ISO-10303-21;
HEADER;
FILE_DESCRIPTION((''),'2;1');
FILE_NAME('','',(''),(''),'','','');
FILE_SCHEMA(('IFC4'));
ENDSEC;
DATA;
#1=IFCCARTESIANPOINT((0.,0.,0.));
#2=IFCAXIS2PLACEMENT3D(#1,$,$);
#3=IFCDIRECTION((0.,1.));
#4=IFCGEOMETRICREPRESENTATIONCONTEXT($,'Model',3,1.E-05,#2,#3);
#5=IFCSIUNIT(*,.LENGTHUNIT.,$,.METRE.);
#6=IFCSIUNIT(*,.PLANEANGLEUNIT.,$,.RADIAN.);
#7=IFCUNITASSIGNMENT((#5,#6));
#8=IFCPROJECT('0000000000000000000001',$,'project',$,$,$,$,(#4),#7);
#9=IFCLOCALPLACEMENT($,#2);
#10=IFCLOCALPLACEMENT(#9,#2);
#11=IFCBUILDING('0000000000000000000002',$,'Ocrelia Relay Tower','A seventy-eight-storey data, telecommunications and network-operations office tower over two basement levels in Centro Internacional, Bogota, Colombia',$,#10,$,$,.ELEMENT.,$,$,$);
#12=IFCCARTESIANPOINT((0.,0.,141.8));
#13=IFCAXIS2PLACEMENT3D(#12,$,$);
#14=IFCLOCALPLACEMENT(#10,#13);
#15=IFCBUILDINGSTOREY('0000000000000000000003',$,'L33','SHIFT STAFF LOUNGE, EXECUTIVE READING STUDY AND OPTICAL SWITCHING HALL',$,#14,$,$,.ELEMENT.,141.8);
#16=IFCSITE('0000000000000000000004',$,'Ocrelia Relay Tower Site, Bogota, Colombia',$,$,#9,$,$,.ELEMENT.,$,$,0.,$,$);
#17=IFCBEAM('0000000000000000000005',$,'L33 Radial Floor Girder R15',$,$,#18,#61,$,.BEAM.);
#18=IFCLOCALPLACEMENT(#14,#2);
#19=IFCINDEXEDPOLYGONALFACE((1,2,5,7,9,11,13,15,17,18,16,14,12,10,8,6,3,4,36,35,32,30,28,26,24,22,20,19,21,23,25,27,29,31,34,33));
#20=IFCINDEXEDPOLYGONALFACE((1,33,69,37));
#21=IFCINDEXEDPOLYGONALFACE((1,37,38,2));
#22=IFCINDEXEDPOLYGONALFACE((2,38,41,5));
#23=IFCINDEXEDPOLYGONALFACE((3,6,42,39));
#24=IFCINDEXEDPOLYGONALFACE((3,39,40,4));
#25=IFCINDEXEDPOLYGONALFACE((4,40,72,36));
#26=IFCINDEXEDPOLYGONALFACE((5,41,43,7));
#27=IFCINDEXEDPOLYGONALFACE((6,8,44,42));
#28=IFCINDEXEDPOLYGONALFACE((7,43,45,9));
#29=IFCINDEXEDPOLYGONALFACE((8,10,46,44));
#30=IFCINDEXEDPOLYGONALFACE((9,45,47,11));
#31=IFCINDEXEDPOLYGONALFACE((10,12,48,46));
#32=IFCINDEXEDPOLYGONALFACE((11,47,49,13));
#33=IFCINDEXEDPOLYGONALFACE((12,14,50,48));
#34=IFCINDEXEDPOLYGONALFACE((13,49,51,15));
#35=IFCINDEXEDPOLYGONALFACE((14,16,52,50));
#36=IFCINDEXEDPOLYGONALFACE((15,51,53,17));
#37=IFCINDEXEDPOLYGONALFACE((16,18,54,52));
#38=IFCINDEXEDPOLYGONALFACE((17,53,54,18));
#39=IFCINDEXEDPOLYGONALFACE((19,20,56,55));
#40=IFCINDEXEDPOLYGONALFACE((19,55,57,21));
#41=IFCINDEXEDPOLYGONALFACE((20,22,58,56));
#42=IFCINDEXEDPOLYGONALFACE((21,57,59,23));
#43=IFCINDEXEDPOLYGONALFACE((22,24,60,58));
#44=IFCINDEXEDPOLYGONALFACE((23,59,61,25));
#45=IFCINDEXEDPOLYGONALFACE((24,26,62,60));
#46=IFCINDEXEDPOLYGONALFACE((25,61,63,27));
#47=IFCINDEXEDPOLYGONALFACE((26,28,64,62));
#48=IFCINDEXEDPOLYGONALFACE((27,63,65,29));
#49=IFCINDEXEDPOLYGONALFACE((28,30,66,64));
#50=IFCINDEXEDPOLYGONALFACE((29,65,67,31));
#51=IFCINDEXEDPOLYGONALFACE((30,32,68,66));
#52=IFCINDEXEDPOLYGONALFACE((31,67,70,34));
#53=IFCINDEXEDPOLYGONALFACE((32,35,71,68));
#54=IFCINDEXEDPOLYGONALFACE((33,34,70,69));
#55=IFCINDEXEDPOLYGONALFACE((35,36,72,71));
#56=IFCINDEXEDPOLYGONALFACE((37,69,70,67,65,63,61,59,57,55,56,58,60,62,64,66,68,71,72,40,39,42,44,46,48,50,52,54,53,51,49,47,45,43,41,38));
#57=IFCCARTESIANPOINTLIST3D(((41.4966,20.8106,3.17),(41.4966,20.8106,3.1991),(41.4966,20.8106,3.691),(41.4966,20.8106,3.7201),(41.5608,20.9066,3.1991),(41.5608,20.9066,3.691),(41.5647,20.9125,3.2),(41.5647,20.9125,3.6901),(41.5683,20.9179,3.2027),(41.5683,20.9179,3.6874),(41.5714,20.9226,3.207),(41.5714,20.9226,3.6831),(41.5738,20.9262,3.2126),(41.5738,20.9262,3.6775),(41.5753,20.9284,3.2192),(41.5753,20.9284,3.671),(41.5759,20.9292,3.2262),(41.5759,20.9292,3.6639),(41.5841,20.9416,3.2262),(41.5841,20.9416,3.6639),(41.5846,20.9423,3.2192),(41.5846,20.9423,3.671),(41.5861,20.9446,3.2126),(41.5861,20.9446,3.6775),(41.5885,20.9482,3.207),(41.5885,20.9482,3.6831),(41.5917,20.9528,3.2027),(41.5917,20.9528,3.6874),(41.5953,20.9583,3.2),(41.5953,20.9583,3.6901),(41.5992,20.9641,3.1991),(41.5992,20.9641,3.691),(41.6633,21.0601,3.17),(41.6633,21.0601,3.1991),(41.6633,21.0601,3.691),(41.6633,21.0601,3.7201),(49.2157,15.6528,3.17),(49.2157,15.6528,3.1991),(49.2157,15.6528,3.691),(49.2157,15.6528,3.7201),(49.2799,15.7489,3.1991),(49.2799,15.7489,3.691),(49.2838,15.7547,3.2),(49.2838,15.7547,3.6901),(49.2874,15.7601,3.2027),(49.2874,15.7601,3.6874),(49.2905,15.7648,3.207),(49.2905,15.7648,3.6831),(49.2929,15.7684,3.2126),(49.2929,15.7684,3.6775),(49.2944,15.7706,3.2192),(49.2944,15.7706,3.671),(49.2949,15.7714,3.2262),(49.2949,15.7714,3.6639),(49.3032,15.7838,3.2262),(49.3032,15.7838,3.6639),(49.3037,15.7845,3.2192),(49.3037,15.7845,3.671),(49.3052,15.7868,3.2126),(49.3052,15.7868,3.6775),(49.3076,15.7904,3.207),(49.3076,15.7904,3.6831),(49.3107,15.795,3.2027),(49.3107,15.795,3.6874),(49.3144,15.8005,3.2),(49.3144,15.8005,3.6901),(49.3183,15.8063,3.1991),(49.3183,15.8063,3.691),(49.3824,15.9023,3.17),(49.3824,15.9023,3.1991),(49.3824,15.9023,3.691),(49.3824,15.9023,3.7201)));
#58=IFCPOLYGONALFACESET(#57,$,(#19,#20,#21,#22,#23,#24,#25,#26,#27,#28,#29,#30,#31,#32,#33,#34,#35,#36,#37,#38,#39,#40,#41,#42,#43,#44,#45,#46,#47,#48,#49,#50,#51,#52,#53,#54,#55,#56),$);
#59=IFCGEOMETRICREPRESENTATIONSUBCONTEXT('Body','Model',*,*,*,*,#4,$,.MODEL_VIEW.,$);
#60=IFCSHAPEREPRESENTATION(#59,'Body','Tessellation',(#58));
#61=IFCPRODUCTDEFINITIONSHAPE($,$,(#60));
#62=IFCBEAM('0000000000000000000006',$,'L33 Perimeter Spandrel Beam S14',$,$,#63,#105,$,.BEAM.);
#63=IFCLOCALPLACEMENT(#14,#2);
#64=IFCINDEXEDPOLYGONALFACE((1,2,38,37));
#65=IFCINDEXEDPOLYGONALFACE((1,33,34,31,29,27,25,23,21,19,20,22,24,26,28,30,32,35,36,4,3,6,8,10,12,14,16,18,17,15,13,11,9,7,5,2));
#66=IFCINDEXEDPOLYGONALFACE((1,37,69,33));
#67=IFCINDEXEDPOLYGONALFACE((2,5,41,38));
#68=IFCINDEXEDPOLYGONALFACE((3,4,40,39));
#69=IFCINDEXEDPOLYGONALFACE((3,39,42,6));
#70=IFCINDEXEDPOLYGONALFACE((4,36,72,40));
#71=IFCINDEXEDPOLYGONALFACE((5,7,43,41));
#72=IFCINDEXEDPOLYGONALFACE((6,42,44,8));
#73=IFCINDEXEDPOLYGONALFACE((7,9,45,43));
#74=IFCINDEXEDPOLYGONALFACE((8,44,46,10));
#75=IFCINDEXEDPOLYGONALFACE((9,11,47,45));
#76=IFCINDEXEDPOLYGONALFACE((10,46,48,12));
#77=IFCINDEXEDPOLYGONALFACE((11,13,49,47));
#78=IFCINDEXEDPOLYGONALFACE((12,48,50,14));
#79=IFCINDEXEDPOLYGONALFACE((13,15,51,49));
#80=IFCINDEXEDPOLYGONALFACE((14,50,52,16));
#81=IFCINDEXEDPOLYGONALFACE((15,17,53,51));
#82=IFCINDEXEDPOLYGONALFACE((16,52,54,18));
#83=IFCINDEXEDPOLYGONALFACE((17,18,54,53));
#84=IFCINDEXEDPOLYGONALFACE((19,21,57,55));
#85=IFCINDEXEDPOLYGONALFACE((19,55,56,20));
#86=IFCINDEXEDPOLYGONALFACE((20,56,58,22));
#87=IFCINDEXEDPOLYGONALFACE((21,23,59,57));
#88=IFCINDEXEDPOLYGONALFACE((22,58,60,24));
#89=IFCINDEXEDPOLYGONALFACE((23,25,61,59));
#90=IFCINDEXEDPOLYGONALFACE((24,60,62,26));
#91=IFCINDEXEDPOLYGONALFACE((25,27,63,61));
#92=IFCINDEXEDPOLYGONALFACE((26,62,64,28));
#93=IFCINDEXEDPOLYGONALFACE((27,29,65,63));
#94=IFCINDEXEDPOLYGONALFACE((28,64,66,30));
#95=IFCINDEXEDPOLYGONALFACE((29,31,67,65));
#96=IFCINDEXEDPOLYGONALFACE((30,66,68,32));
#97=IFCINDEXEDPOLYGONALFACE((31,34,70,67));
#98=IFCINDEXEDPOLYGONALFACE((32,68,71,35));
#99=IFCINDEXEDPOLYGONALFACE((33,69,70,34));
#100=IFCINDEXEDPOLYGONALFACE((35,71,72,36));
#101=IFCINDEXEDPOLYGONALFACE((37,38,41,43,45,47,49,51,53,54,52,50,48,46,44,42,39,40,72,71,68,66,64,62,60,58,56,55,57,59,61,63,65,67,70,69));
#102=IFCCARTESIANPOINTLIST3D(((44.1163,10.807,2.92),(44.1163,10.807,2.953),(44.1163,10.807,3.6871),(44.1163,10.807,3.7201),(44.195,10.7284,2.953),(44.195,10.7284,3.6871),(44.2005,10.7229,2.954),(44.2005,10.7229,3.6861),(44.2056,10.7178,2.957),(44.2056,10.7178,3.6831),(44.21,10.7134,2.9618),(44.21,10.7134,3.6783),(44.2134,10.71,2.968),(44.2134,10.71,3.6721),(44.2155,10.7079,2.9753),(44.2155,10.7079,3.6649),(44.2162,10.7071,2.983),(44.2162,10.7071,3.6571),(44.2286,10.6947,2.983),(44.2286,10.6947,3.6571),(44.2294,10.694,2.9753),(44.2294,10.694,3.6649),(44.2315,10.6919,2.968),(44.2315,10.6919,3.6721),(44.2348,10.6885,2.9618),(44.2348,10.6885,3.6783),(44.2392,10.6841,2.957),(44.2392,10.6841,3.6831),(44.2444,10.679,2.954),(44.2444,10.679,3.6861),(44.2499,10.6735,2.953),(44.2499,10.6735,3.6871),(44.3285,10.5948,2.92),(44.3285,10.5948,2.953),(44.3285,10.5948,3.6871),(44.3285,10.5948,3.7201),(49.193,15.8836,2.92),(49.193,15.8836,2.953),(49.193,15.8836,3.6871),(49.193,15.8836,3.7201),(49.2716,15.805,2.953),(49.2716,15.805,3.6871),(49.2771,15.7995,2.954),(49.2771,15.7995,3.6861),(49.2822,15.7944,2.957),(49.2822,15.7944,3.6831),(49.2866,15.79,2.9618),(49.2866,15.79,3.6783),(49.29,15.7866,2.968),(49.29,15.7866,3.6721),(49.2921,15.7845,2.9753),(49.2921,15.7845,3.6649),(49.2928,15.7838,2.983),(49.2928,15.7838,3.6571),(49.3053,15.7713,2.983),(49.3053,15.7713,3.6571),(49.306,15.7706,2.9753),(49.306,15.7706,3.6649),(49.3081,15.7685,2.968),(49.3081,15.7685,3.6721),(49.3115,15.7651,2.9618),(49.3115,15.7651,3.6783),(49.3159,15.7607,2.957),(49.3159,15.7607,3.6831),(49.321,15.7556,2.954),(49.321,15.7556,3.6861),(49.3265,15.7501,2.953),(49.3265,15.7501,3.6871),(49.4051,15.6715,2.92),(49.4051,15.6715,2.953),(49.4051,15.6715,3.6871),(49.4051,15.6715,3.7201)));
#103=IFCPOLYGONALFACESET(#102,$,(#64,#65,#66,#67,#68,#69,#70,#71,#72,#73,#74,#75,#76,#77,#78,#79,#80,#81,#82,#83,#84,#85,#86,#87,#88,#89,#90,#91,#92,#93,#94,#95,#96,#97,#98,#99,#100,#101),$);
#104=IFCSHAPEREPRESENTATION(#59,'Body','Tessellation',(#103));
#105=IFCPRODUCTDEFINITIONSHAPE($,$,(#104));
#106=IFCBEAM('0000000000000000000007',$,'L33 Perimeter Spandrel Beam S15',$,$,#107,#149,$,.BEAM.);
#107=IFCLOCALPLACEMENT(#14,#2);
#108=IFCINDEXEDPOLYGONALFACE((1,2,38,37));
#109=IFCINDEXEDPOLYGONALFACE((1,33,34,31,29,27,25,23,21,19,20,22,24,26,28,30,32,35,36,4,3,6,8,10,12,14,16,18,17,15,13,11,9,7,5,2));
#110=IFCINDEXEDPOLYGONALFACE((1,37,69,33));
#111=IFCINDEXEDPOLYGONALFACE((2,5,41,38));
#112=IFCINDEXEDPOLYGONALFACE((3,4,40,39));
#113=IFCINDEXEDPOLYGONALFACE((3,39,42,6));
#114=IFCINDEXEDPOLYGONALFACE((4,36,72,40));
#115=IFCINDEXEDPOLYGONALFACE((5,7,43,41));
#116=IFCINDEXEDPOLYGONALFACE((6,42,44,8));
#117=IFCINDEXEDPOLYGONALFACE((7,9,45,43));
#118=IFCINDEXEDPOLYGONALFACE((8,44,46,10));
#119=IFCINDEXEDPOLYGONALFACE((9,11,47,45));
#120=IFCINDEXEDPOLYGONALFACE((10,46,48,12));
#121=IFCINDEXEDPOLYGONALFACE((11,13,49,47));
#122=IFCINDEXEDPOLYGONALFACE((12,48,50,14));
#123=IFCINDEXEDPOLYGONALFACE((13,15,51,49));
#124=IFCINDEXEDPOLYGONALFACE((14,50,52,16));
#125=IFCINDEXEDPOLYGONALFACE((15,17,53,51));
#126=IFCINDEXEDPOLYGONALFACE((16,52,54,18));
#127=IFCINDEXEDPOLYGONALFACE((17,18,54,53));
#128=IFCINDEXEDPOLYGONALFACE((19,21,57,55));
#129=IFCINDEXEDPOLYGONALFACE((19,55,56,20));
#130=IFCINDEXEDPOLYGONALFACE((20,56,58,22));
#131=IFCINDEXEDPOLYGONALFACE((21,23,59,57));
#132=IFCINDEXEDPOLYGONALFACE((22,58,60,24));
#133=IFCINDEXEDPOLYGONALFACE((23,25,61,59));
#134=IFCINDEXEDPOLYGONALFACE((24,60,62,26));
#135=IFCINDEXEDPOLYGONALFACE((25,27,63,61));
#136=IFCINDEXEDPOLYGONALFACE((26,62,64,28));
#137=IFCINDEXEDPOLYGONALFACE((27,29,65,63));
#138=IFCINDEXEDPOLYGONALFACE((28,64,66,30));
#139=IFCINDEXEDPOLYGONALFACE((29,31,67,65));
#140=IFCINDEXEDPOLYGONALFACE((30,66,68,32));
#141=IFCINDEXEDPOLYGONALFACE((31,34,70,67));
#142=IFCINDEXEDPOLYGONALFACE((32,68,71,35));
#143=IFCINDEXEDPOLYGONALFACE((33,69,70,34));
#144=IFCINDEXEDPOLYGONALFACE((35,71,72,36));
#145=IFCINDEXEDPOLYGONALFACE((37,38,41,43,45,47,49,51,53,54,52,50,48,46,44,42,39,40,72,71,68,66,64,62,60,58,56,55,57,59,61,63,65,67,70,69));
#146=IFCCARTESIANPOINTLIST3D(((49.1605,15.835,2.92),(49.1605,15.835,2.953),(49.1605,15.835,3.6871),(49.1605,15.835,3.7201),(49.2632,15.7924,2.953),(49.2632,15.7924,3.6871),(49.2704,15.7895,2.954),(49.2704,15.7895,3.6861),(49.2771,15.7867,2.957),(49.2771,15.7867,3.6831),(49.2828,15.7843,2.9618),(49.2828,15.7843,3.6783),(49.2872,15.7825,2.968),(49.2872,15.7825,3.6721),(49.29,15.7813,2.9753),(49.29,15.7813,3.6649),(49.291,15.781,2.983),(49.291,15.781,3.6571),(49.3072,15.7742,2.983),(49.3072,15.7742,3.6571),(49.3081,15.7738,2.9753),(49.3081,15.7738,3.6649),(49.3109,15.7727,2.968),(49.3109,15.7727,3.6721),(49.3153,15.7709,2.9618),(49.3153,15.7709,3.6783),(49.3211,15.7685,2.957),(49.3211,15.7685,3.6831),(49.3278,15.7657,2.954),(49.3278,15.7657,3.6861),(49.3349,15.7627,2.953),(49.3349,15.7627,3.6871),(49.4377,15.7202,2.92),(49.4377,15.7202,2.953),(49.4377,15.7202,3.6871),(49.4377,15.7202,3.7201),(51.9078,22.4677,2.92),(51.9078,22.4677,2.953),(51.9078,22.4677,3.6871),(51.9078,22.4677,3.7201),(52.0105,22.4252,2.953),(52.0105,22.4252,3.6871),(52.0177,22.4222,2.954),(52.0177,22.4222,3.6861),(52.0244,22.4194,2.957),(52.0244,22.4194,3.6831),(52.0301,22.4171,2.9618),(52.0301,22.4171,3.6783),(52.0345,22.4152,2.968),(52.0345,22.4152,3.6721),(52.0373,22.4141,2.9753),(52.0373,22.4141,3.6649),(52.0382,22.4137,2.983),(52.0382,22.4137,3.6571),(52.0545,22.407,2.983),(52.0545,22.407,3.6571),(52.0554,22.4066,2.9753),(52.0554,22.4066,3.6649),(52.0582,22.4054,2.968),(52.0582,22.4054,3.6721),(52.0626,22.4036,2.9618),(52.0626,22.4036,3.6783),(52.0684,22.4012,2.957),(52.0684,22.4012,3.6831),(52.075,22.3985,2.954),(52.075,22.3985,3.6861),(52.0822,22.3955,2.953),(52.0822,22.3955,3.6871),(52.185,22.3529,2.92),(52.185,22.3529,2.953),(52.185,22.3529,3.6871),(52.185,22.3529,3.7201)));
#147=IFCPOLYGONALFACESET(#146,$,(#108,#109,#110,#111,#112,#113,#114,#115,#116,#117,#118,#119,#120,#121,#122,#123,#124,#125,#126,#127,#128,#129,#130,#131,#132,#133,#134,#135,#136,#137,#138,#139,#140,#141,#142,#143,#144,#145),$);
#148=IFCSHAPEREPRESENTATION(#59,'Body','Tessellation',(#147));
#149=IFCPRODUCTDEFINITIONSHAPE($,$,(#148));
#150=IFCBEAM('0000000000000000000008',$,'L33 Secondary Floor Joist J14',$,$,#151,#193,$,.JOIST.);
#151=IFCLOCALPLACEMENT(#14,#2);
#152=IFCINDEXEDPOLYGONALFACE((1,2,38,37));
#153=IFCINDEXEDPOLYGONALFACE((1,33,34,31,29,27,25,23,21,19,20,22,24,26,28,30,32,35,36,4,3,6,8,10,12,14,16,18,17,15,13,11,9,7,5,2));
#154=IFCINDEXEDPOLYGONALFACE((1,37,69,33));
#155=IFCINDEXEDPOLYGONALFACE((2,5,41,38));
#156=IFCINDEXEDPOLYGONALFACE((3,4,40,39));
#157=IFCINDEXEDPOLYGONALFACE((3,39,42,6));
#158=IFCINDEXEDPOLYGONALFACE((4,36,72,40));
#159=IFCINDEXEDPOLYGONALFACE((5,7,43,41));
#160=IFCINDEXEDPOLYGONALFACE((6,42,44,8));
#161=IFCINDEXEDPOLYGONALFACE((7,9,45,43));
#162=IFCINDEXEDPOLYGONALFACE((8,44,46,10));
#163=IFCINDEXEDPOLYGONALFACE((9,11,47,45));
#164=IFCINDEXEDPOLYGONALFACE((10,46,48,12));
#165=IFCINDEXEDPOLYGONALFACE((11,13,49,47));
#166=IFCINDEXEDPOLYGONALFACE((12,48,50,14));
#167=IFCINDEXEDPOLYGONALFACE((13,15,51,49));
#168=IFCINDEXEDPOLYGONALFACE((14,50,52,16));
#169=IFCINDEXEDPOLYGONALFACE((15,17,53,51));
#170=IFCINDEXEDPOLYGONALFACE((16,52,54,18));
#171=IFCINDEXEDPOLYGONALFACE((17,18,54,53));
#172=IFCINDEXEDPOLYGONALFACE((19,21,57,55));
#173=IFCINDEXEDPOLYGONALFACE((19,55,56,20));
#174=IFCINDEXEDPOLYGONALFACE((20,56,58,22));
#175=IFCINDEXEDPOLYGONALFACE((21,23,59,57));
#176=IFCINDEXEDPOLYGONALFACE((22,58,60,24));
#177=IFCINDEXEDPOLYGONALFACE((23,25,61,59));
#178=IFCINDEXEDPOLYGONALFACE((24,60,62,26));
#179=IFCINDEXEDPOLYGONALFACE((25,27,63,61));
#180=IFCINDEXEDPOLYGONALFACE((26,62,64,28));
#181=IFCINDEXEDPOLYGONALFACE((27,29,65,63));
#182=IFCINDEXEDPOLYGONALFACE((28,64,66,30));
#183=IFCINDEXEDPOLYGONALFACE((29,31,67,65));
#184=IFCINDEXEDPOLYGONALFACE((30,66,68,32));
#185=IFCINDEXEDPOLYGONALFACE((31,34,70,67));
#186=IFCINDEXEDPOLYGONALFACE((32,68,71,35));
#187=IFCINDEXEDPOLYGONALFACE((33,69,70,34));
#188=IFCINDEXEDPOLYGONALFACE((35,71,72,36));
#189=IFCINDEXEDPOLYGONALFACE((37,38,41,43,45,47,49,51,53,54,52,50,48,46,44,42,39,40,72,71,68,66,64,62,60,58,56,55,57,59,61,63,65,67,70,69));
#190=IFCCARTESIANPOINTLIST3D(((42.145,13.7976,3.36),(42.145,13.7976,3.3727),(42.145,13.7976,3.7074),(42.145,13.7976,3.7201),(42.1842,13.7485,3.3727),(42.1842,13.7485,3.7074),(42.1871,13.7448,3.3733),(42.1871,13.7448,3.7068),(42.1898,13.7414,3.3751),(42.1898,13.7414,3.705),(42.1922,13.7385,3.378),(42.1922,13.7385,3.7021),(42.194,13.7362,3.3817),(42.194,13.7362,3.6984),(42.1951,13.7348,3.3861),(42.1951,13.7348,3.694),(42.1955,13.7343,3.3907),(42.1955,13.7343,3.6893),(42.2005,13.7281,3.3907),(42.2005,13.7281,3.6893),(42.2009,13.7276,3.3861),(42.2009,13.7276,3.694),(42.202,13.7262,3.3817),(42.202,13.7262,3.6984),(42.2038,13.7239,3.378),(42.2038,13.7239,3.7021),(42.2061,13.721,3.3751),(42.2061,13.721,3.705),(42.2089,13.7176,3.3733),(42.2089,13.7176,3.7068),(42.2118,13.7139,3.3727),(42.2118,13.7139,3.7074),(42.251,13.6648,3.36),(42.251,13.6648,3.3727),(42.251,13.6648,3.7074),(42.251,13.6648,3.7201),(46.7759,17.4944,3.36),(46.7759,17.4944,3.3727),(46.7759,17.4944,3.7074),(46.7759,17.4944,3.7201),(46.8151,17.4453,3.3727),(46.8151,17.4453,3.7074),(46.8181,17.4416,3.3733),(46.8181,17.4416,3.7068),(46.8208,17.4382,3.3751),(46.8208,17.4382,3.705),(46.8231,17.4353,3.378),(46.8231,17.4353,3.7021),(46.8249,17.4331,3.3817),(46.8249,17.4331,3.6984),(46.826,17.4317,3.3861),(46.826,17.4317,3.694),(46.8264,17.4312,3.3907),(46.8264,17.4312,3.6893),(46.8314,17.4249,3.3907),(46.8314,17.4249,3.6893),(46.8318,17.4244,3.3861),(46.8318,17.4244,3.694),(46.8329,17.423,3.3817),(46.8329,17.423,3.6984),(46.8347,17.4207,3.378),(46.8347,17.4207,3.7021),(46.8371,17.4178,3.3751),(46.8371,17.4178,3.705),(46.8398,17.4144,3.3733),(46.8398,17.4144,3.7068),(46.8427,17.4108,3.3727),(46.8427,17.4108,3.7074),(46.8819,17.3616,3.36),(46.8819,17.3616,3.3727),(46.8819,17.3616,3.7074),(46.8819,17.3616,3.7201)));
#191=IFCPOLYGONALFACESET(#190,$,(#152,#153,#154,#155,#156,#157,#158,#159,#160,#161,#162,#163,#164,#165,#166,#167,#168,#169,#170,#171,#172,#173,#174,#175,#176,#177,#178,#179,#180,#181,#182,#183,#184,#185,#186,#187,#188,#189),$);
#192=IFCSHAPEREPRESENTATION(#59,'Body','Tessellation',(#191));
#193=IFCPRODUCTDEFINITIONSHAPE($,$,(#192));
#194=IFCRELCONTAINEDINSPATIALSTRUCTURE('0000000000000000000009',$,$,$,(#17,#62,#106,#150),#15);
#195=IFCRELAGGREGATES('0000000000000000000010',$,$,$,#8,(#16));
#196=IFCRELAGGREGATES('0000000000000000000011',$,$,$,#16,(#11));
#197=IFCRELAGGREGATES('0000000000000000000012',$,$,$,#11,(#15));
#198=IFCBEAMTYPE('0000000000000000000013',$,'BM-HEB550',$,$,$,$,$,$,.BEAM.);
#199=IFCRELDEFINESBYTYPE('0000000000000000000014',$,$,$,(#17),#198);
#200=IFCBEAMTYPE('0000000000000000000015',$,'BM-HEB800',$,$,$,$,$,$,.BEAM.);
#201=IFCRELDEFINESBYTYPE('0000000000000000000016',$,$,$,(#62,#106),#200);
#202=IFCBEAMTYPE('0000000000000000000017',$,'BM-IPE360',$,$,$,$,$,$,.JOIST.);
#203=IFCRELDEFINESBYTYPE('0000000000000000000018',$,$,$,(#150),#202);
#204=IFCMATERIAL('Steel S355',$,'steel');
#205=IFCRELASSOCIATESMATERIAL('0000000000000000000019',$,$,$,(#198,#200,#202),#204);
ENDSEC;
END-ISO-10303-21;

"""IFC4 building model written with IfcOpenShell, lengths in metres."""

from ifc_helpers import new_model, si_unit, direction, frame, origin, origin_2d, place, context, subcontext, project, spatial, i_section, extrude, material, material_profile, profile_set, type_object, element, save


model = new_model("IFC4")

# Units and contexts
model_context = context("Model", 3, precision=1e-05, world=origin(), true_north=direction((0.0, 1.0)))
body_context = subcontext(model_context, "Body", "Model", "MODEL_VIEW")
ifc_project = project(units=[si_unit("LENGTHUNIT", "METRE"), si_unit("PLANEANGLEUNIT", "RADIAN")], contexts=[model_context])

# Site, building, storey
site_placement = place(None, origin())
site = spatial("IfcSite", under=ifc_project, at=site_placement, Name="Ocrelia Relay Tower Site, Bogota, Colombia", CompositionType="ELEMENT", RefElevation=0.0)
building_placement = place(site_placement, origin())
building = spatial("IfcBuilding", under=site, at=building_placement, Name="Ocrelia Relay Tower", Description="A seventy-eight-storey data, telecommunications and network-operations office tower over two basement levels in Centro Internacional, Bogota, Colombia", CompositionType="ELEMENT")
storey_placement = place(building_placement, frame((0.0, 0.0, 141.8)))
storey = spatial("IfcBuildingStorey", under=building, at=storey_placement, Name="L33", Description="SHIFT STAFF LOUNGE, EXECUTIVE READING STUDY AND OPTICAL SWITCHING HALL", CompositionType="ELEMENT", Elevation=141.8)

# Beams
ifc_material_1 = material(Name="Steel S355", Category="steel")
ifc_material_profile_1 = material_profile(ifc_material_1, i_section(OverallWidth=0.3, OverallDepth=0.55, WebThickness=0.0149, FlangeThickness=0.0291, FilletRadius=0.0271, at=origin_2d()), Name="HEB 550")
ifc_profile_set_1 = profile_set([ifc_material_profile_1], Name="Steel S355")
beam_type_1 = type_object("IfcBeamType", Name="BM-HEB550", PredefinedType="BEAM", material=ifc_profile_set_1)
beam_1_placement = place(storey_placement, frame((49.2991, 15.7776, 3.4451), z_axis=(-0.831467, 0.555574, 0.0), x_axis=(-0.555574, -0.831467, 0.0)))
element("IfcBeam", 1, at=beam_1_placement, inside=storey, type_object=beam_type_1, Name="L33 Radial Floor Girder R15", PredefinedType="BEAM", context=body_context, shape_type="SweptSolid", body=[
    extrude(i_section(OverallWidth=0.3, OverallDepth=0.55, WebThickness=0.0149, FlangeThickness=0.0291, FilletRadius=0.0271, at=origin_2d()), origin(), (0.0, 0.0, 1.0), 9.2837),
])
ifc_material_profile_2 = material_profile(ifc_material_1, i_section(OverallWidth=0.3, OverallDepth=0.8, WebThickness=0.0176, FlangeThickness=0.033, FilletRadius=0.03, at=origin_2d()), Name="HEB 800")
ifc_profile_set_2 = profile_set([ifc_material_profile_2], Name="Steel S355")
beam_type_2 = type_object("IfcBeamType", Name="BM-HEB800", PredefinedType="BEAM", material=ifc_profile_set_2)
beam_2_placement = place(storey_placement, frame((44.2224, 10.7009, 3.3201), z_axis=(0.707107, 0.707107, 0.0), x_axis=(-0.707107, 0.707107, 0.0)))
element("IfcBeam", 2, at=beam_2_placement, inside=storey, type_object=beam_type_2, Name="L33 Perimeter Spandrel Beam S14", PredefinedType="BEAM", context=body_context, shape_type="SweptSolid", body=[
    extrude(i_section(OverallWidth=0.3, OverallDepth=0.8, WebThickness=0.0176, FlangeThickness=0.033, FilletRadius=0.03, at=origin_2d()), origin(), (0.0, 0.0, 1.0), 7.1794),
])
beam_3_placement = place(storey_placement, frame((49.2991, 15.7776, 3.3201), z_axis=(0.382673, 0.923884, 0.0), x_axis=(-0.923884, 0.382673, 0.0)))
element("IfcBeam", 3, at=beam_3_placement, inside=storey, type_object=beam_type_2, Name="L33 Perimeter Spandrel Beam S15", PredefinedType="BEAM", context=body_context, shape_type="SweptSolid", body=[
    extrude(i_section(OverallWidth=0.3, OverallDepth=0.8, WebThickness=0.0176, FlangeThickness=0.033, FilletRadius=0.03, at=origin_2d()), origin(), (0.0, 0.0, 1.0), 7.1792),
])
ifc_material_profile_3 = material_profile(ifc_material_1, i_section(OverallWidth=0.1699, OverallDepth=0.3601, WebThickness=0.0081, FlangeThickness=0.0127, FilletRadius=0.0181, at=origin_2d()), Name="IPE 360")
ifc_profile_set_3 = profile_set([ifc_material_profile_3], Name="Steel S355")
beam_type_3 = type_object("IfcBeamType", Name="BM-IPE360", PredefinedType="JOIST", material=ifc_profile_set_3)
beam_4_placement = place(storey_placement, frame((42.198, 13.7312, 3.54), z_axis=(0.78152, 0.623881, 0.0), x_axis=(-0.623881, 0.78152, 0.0)))
element("IfcBeam", 4, at=beam_4_placement, inside=storey, type_object=beam_type_3, Name="L33 Secondary Floor Joist J14", PredefinedType="JOIST", context=body_context, shape_type="SweptSolid", body=[
    extrude(i_section(OverallWidth=0.1699, OverallDepth=0.3601, WebThickness=0.0081, FlangeThickness=0.0127, FilletRadius=0.0181, at=origin_2d()), origin(), (0.0, 0.0, 1.0), 5.9255),
])

save(model, "model.ifc")
